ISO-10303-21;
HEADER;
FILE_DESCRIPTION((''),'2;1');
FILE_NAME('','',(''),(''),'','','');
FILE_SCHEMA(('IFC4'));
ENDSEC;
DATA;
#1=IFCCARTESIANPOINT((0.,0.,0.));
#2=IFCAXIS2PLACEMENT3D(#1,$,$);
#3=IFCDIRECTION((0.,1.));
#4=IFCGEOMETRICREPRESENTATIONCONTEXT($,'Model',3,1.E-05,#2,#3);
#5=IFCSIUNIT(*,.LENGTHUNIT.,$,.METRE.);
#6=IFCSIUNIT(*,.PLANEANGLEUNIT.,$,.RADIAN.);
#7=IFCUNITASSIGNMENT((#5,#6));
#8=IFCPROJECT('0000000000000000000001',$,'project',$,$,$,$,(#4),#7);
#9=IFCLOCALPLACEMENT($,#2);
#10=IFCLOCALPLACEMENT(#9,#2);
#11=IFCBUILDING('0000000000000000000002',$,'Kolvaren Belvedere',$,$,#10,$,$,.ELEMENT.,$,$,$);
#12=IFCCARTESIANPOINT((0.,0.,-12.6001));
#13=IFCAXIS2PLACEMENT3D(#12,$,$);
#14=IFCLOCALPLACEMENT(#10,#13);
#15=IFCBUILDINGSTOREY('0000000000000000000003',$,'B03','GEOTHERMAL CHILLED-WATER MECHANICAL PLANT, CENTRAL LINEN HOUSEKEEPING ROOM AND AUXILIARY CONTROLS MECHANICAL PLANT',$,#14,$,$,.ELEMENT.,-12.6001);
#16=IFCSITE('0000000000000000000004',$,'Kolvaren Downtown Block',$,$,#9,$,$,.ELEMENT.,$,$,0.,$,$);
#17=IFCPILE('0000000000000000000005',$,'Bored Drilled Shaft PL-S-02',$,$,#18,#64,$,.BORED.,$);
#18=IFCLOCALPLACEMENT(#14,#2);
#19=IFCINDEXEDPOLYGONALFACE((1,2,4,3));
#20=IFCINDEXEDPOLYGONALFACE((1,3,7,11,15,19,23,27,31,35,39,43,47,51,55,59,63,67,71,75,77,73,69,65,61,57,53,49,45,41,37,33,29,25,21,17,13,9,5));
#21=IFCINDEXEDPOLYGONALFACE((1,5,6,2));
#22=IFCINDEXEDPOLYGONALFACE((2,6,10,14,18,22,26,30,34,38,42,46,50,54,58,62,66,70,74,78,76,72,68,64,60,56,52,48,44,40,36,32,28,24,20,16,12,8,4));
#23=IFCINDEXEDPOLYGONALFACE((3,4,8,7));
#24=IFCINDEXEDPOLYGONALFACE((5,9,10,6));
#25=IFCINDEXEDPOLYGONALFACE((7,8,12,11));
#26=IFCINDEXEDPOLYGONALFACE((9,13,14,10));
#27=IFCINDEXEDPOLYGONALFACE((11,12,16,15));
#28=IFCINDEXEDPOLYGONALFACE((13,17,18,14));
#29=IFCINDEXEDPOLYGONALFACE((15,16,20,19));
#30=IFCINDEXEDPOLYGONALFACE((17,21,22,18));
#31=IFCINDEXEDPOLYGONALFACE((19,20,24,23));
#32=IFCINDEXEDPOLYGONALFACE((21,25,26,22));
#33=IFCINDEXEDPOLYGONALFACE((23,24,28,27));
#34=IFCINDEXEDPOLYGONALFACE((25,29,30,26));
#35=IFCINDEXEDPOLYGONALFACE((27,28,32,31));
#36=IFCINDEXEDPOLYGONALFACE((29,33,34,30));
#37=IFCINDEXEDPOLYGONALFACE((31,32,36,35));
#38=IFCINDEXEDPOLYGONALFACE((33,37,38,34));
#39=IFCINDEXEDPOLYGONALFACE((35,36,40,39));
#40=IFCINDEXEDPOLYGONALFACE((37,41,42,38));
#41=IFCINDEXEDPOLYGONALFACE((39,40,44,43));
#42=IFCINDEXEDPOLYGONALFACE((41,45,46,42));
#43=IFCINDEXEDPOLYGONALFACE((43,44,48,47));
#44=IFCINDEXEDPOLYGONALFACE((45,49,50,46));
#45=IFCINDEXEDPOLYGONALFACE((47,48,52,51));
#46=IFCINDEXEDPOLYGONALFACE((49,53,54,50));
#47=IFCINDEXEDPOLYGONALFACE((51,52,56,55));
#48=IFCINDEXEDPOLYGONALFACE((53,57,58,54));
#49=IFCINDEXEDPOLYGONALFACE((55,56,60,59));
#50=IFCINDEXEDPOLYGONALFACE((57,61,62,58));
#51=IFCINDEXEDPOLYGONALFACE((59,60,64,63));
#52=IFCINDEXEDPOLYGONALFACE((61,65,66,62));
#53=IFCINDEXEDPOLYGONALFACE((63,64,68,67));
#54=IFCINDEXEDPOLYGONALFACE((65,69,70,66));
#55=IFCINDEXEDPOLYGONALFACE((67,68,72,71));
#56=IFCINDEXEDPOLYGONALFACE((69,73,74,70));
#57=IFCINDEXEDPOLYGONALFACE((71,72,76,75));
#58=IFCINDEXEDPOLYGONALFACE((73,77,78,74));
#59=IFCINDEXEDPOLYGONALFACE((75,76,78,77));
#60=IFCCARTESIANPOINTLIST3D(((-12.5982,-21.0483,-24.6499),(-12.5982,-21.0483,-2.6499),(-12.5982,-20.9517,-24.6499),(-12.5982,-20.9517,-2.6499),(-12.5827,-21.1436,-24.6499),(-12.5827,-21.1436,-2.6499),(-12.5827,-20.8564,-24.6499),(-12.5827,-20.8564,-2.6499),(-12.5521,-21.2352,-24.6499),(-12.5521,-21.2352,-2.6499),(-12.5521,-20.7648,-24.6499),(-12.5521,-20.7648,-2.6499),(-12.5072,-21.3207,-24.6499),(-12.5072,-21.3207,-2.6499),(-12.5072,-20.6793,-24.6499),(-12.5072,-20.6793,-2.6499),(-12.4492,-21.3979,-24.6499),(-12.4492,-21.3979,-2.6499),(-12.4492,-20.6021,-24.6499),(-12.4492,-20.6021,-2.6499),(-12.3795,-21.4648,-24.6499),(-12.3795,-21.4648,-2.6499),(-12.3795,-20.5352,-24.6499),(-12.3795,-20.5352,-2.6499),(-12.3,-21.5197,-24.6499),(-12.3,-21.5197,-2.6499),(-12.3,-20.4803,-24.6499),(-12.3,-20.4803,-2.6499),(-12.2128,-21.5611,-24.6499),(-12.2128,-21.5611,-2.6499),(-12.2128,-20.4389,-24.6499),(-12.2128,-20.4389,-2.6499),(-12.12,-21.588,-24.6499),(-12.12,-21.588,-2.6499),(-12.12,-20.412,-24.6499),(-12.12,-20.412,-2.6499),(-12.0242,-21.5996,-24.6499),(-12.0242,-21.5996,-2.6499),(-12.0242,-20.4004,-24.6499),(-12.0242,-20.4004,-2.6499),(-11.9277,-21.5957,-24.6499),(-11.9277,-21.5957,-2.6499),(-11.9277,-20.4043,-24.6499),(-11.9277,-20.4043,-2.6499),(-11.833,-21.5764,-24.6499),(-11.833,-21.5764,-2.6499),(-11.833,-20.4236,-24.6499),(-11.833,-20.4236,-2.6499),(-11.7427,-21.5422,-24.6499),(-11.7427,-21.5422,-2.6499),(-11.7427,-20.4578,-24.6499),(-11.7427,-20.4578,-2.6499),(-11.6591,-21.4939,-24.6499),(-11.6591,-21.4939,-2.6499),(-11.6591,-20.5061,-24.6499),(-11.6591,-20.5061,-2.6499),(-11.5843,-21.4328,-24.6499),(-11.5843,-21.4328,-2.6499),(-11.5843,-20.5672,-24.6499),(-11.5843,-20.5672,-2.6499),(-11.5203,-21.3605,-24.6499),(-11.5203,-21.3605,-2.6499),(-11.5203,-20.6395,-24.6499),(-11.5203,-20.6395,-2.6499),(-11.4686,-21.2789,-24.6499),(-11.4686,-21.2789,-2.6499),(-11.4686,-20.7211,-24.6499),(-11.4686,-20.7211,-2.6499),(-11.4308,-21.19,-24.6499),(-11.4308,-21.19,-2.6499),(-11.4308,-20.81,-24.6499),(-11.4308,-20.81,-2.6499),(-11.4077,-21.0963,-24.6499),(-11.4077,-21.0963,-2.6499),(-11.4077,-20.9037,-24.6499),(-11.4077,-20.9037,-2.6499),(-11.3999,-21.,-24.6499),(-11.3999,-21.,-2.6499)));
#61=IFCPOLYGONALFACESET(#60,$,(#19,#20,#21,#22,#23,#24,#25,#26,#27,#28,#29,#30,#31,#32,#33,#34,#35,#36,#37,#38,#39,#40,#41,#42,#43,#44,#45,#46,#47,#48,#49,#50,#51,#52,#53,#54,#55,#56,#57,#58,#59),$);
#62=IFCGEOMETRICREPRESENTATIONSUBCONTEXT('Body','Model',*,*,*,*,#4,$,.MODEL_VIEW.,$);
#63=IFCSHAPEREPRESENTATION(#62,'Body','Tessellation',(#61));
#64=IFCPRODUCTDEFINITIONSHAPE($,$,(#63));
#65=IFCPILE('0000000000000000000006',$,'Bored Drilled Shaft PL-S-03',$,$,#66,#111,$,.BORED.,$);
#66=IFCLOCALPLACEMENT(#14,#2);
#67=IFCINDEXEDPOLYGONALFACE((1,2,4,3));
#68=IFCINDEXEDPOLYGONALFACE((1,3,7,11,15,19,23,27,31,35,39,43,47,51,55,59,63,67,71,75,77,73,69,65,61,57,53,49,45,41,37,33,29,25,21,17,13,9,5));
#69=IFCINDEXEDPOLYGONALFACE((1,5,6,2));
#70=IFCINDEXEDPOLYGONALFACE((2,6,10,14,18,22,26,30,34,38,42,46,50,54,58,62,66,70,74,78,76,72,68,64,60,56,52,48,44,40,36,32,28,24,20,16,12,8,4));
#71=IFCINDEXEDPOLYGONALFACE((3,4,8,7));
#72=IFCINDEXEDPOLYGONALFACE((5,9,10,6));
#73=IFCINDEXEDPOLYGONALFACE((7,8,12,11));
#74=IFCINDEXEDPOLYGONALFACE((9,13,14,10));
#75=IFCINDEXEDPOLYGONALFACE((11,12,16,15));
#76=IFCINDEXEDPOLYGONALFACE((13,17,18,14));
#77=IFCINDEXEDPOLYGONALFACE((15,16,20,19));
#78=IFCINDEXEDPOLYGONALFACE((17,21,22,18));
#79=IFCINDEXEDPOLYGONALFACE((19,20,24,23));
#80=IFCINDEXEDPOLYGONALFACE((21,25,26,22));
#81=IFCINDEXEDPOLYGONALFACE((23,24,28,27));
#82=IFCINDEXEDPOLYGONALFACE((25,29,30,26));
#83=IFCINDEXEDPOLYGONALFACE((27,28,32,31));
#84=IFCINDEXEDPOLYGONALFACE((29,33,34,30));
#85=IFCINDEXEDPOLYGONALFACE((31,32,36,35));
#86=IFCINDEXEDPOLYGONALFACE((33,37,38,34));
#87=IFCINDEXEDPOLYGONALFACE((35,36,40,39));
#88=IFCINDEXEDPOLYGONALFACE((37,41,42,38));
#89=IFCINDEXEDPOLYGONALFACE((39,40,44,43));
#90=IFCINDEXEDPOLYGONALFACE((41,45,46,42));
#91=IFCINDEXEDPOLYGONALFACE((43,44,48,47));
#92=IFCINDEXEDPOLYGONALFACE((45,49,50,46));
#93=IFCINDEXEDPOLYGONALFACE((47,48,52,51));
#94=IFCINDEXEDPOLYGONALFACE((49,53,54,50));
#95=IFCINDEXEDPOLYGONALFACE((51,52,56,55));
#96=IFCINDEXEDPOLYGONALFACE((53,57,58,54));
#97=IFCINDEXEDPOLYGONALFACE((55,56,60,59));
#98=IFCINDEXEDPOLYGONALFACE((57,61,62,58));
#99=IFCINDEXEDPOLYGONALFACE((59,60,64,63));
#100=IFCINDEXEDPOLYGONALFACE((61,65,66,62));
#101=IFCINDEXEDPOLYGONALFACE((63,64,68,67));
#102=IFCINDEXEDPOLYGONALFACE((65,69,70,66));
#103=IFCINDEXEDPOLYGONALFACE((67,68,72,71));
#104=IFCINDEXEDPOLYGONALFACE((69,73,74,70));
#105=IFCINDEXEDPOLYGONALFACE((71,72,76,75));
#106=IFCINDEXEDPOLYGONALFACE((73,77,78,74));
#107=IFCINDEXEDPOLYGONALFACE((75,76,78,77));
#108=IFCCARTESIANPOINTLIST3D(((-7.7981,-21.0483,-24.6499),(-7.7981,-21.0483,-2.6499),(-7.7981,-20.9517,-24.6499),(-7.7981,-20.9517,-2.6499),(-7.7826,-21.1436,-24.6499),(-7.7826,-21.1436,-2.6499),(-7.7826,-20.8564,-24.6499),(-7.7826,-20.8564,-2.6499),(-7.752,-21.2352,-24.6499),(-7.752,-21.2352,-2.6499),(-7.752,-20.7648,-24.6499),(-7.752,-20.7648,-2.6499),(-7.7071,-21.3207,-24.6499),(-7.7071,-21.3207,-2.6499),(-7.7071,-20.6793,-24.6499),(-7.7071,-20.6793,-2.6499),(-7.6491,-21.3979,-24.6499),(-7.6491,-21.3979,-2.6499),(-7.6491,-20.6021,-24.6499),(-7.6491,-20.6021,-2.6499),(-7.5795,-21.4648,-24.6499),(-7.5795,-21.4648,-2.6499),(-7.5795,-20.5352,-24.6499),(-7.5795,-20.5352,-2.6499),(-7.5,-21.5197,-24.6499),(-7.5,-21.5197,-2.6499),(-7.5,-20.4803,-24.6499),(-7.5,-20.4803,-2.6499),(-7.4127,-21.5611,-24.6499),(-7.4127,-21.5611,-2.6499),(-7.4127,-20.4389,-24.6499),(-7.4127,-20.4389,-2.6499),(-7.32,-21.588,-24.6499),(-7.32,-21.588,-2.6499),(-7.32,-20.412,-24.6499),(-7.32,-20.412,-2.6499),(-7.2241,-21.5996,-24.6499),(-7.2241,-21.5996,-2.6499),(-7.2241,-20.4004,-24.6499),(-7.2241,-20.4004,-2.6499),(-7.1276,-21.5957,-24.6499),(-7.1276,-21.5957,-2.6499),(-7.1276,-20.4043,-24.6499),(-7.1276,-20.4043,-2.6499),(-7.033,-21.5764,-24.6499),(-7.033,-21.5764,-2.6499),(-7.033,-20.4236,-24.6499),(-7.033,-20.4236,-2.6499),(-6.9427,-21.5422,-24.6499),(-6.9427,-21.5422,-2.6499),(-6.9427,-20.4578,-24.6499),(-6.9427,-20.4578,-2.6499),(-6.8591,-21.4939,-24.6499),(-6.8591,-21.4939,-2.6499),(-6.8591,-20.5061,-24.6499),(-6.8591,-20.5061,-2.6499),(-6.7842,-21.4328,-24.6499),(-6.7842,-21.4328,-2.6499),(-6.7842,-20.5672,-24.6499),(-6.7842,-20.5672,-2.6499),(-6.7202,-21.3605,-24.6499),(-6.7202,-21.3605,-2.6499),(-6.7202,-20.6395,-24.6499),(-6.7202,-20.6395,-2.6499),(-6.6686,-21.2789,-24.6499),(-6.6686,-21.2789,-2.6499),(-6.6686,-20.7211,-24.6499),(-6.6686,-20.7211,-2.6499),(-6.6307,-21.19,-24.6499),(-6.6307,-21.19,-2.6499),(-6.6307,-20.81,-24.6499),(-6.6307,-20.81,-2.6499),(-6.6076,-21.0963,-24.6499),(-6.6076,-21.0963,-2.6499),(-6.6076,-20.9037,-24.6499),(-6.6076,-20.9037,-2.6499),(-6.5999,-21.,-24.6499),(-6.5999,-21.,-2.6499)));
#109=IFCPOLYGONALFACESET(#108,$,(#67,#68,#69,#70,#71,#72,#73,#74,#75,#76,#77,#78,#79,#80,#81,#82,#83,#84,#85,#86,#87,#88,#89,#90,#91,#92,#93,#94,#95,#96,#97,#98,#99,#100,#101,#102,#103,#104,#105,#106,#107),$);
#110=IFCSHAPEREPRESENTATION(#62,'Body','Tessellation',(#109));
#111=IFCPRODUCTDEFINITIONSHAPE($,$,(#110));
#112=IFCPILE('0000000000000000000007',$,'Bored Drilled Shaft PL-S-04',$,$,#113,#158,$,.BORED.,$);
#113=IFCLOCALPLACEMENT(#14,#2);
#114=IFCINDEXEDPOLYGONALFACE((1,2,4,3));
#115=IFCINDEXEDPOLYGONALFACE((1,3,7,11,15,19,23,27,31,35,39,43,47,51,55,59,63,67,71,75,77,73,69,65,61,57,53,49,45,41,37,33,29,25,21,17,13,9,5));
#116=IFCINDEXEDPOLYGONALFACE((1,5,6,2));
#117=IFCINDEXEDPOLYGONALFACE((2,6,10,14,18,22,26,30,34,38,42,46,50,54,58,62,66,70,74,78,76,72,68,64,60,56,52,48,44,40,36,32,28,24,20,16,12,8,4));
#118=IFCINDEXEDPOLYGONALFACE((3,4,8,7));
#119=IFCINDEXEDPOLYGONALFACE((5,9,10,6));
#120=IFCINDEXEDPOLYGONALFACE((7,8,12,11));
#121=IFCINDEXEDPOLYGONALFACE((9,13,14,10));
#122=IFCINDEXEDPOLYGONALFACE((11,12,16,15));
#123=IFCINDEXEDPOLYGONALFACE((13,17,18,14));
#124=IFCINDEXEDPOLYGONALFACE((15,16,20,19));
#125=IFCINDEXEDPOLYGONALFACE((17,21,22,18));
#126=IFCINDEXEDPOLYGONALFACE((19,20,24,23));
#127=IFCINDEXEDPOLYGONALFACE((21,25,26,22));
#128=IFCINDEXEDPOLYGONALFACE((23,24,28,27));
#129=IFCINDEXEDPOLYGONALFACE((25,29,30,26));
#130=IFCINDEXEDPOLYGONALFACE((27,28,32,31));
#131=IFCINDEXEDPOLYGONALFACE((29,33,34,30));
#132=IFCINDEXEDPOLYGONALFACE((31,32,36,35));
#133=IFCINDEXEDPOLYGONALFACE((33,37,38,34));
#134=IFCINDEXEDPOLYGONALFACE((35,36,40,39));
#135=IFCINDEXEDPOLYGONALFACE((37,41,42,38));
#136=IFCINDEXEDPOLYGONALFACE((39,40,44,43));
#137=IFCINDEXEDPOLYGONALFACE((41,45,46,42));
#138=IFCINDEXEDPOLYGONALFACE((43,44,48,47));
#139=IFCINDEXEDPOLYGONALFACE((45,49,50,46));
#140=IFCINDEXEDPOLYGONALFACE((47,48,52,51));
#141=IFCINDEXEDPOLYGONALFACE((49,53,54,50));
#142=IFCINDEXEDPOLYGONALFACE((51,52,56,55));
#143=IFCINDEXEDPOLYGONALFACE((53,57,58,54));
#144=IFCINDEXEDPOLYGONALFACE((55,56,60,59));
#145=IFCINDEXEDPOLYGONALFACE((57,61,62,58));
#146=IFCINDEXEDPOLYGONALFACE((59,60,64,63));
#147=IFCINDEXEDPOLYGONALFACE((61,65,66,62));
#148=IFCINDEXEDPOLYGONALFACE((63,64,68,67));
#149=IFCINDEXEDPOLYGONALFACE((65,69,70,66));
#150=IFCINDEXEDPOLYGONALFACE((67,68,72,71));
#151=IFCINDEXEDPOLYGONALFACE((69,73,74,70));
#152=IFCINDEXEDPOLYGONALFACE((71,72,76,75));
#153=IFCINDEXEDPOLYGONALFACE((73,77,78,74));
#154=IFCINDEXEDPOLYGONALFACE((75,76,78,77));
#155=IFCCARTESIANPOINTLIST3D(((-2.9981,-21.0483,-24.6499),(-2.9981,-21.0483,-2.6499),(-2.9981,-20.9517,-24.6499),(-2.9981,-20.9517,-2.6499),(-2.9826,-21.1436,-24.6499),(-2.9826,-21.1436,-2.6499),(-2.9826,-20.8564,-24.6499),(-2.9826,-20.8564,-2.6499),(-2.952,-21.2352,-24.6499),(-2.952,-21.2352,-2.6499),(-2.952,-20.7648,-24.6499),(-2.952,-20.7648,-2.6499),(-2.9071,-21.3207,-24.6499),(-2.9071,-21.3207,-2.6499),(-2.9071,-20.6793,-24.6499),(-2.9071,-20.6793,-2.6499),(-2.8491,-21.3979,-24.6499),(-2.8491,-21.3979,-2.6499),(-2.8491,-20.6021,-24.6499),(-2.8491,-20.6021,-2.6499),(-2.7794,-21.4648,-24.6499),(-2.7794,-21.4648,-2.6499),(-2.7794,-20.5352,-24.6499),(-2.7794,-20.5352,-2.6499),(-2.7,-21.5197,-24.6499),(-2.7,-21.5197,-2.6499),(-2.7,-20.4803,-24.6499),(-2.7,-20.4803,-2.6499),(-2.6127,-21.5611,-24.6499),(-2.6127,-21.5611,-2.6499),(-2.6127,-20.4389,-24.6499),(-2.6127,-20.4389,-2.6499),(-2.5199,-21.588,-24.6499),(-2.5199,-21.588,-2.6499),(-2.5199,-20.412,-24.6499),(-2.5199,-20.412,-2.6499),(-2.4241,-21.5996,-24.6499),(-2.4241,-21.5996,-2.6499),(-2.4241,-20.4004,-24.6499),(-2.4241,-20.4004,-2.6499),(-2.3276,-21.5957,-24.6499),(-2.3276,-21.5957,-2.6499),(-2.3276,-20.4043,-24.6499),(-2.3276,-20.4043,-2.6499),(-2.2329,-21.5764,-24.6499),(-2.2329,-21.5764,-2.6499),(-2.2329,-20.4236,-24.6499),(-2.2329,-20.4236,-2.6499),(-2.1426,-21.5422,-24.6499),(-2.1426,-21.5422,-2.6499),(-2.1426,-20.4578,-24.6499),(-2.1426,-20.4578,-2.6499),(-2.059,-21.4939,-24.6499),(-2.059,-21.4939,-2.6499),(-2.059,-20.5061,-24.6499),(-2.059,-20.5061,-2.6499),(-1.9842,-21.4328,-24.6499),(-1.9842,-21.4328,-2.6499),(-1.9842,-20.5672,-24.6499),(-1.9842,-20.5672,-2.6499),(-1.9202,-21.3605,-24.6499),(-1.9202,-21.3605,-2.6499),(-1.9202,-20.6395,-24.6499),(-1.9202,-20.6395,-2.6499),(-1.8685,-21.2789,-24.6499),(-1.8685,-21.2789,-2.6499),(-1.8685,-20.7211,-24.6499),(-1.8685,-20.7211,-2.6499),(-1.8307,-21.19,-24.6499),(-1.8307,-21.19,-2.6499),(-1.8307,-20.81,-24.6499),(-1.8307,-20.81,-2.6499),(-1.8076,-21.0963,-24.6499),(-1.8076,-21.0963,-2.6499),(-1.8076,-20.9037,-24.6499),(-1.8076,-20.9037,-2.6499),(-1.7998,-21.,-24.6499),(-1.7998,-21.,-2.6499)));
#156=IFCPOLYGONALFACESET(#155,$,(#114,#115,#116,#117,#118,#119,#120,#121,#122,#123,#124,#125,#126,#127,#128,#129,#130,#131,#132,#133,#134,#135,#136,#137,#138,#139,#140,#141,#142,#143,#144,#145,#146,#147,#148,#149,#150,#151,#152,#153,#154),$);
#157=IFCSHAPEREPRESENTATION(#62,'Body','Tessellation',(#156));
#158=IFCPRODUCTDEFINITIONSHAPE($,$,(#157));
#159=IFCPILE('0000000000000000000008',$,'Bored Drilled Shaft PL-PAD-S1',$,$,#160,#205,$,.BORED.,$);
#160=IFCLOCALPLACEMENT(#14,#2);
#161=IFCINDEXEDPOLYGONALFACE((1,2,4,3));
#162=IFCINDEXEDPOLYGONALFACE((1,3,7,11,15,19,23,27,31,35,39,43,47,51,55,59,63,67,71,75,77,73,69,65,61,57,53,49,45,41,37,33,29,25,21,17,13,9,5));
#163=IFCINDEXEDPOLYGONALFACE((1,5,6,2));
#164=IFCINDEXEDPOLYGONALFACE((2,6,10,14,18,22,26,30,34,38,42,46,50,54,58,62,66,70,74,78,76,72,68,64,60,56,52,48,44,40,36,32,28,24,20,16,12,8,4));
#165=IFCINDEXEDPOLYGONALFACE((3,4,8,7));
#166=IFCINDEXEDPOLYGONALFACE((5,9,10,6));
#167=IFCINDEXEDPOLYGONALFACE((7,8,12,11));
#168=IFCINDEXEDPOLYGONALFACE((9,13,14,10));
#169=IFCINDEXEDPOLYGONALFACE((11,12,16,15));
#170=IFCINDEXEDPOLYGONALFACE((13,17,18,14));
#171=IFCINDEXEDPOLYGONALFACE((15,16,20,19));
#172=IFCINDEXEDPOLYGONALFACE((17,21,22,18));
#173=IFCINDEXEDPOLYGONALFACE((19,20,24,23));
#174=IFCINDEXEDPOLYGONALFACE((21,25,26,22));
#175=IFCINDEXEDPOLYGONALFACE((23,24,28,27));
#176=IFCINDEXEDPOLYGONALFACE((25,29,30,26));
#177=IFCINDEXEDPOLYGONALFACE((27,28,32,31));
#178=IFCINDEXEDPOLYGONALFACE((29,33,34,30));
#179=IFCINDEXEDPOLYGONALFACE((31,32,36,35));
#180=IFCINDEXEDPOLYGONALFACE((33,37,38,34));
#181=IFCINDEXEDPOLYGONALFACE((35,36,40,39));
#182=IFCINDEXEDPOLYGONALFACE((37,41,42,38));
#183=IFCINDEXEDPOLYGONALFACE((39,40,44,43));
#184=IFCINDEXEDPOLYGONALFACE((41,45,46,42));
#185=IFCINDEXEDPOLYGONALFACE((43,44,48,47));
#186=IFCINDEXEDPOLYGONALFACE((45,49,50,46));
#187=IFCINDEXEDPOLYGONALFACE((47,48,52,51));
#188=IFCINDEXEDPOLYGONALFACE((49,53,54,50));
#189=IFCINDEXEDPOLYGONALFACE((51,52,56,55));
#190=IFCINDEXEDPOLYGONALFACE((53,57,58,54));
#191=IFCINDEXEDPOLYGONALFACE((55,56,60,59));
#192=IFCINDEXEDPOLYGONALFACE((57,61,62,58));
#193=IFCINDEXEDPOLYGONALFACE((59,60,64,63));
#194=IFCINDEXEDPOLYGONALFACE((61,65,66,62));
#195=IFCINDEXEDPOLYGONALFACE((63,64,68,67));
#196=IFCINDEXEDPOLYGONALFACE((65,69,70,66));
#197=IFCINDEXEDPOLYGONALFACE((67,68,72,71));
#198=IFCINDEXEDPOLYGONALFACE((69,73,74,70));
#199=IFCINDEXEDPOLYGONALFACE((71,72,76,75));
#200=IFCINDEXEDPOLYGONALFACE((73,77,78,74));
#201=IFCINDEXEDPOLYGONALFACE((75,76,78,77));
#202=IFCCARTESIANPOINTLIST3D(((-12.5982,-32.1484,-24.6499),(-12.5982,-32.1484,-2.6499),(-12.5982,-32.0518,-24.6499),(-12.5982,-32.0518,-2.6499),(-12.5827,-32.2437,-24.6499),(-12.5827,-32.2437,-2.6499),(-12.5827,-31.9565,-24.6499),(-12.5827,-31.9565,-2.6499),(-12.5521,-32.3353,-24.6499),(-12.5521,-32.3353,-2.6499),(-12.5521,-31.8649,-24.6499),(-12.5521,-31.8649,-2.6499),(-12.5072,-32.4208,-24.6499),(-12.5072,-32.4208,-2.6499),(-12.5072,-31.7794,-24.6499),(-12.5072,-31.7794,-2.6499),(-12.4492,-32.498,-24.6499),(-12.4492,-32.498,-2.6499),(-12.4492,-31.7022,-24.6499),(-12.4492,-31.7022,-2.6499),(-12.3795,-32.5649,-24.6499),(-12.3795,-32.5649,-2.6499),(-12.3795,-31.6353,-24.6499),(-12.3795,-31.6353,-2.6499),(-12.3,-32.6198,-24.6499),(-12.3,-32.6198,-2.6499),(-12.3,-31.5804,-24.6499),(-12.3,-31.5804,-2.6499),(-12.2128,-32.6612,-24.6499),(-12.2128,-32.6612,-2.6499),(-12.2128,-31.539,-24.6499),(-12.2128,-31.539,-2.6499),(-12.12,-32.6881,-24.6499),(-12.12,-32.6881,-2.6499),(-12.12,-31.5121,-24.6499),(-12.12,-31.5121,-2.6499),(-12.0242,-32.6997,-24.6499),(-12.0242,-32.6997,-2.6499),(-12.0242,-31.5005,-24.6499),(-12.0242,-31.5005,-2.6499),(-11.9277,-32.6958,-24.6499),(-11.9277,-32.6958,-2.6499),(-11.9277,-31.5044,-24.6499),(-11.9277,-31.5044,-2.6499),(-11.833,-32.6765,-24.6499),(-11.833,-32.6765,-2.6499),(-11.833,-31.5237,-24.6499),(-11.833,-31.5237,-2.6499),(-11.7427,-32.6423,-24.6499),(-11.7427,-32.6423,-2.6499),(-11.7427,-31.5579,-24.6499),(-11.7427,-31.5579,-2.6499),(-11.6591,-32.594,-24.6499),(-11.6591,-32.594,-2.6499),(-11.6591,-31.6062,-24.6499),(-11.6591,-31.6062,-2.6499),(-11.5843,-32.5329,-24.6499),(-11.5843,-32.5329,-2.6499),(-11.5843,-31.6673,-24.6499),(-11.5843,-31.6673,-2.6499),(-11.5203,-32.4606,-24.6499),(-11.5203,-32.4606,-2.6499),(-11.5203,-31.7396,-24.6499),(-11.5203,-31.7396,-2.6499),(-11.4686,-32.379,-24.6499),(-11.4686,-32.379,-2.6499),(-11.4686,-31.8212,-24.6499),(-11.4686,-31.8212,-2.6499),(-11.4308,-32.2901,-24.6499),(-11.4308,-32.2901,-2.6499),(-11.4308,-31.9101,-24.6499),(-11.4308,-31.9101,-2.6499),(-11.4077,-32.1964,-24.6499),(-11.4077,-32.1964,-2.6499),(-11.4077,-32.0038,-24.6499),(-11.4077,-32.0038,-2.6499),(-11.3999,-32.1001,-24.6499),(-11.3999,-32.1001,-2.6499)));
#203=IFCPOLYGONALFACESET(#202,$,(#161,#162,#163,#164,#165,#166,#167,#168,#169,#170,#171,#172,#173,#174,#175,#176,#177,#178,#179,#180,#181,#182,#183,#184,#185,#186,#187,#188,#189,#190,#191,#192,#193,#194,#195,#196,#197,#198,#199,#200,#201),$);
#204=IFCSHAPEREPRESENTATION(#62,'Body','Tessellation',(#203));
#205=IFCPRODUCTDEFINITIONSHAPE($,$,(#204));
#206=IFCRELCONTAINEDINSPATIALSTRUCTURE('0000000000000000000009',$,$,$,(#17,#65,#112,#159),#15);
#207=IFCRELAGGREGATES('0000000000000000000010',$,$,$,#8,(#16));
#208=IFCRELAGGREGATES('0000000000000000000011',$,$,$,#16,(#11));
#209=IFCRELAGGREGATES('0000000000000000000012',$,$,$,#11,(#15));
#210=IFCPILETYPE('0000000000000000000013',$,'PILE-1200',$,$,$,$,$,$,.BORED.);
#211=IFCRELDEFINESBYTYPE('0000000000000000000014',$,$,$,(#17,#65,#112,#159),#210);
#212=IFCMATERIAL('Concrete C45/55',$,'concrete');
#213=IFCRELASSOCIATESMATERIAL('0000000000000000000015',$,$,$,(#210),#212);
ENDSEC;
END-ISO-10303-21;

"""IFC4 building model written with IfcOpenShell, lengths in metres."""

from ifc_helpers import new_model, si_unit, direction, frame, origin, origin_2d, place, context, subcontext, project, spatial, circle, extrude, material, material_profile, profile_set, type_object, element, save


model = new_model("IFC4")

# Units and contexts
model_context = context("Model", 3, precision=1e-05, world=origin(), true_north=direction((0.0, 1.0)))
body_context = subcontext(model_context, "Body", "Model", "MODEL_VIEW")
ifc_project = project(units=[si_unit("LENGTHUNIT", "METRE"), si_unit("PLANEANGLEUNIT", "RADIAN")], contexts=[model_context])

# Site, building, storey
site_placement = place(None, origin())
site = spatial("IfcSite", under=ifc_project, at=site_placement, Name="Kolvaren Downtown Block", CompositionType="ELEMENT", RefElevation=0.0)
building_placement = place(site_placement, origin())
building = spatial("IfcBuilding", under=site, at=building_placement, Name="Kolvaren Belvedere", CompositionType="ELEMENT")
storey_placement = place(building_placement, frame((0.0, 0.0, -12.6001)))
storey = spatial("IfcBuildingStorey", under=building, at=storey_placement, Name="B03", Description="GEOTHERMAL CHILLED-WATER MECHANICAL PLANT, CENTRAL LINEN HOUSEKEEPING ROOM AND AUXILIARY CONTROLS MECHANICAL PLANT", CompositionType="ELEMENT", Elevation=-12.6001)

# Piles
ifc_material_1 = material(Name="Concrete C45/55", Category="concrete")
ifc_material_profile_1 = material_profile(ifc_material_1, circle(Radius=0.6001, at=origin_2d()), Name="BORED PILE D1200")
ifc_profile_set_1 = profile_set([ifc_material_profile_1], Name="Concrete C45/55")
pile_type_1 = type_object("IfcPileType", Name="PILE-1200", PredefinedType="BORED", material=ifc_profile_set_1)
for number, where, z_axis, x_axis, name in (
    (1, (-12.0, -21.0, -2.6499), (0.0, 0.0, -1.0), (1.0, 0.0, 0.0), "Bored Drilled Shaft PL-S-02"),
    (2, (-7.2, -21.0, -2.6499), (0.0, 0.0, -1.0), (1.0, 0.0, 0.0), "Bored Drilled Shaft PL-S-03"),
    (3, (-2.3999, -21.0, -2.6499), (0.0, 0.0, -1.0), (1.0, 0.0, 0.0), "Bored Drilled Shaft PL-S-04"),
    (4, (-12.0, -32.1001, -2.6499), (0.0, 0.0, -1.0), (1.0, 0.0, 0.0), "Bored Drilled Shaft PL-PAD-S1"),
):
    element("IfcPile", number, at=place(storey_placement, frame(where, z_axis=z_axis, x_axis=x_axis)), inside=storey, type_object=pile_type_1, Name=name, PredefinedType="BORED", context=body_context, shape_type="SweptSolid", body=[
        extrude(circle(Radius=0.6001, at=origin_2d()), origin(), (0.0, 0.0, 1.0), 22.0),
    ])

save(model, "model.ifc")
